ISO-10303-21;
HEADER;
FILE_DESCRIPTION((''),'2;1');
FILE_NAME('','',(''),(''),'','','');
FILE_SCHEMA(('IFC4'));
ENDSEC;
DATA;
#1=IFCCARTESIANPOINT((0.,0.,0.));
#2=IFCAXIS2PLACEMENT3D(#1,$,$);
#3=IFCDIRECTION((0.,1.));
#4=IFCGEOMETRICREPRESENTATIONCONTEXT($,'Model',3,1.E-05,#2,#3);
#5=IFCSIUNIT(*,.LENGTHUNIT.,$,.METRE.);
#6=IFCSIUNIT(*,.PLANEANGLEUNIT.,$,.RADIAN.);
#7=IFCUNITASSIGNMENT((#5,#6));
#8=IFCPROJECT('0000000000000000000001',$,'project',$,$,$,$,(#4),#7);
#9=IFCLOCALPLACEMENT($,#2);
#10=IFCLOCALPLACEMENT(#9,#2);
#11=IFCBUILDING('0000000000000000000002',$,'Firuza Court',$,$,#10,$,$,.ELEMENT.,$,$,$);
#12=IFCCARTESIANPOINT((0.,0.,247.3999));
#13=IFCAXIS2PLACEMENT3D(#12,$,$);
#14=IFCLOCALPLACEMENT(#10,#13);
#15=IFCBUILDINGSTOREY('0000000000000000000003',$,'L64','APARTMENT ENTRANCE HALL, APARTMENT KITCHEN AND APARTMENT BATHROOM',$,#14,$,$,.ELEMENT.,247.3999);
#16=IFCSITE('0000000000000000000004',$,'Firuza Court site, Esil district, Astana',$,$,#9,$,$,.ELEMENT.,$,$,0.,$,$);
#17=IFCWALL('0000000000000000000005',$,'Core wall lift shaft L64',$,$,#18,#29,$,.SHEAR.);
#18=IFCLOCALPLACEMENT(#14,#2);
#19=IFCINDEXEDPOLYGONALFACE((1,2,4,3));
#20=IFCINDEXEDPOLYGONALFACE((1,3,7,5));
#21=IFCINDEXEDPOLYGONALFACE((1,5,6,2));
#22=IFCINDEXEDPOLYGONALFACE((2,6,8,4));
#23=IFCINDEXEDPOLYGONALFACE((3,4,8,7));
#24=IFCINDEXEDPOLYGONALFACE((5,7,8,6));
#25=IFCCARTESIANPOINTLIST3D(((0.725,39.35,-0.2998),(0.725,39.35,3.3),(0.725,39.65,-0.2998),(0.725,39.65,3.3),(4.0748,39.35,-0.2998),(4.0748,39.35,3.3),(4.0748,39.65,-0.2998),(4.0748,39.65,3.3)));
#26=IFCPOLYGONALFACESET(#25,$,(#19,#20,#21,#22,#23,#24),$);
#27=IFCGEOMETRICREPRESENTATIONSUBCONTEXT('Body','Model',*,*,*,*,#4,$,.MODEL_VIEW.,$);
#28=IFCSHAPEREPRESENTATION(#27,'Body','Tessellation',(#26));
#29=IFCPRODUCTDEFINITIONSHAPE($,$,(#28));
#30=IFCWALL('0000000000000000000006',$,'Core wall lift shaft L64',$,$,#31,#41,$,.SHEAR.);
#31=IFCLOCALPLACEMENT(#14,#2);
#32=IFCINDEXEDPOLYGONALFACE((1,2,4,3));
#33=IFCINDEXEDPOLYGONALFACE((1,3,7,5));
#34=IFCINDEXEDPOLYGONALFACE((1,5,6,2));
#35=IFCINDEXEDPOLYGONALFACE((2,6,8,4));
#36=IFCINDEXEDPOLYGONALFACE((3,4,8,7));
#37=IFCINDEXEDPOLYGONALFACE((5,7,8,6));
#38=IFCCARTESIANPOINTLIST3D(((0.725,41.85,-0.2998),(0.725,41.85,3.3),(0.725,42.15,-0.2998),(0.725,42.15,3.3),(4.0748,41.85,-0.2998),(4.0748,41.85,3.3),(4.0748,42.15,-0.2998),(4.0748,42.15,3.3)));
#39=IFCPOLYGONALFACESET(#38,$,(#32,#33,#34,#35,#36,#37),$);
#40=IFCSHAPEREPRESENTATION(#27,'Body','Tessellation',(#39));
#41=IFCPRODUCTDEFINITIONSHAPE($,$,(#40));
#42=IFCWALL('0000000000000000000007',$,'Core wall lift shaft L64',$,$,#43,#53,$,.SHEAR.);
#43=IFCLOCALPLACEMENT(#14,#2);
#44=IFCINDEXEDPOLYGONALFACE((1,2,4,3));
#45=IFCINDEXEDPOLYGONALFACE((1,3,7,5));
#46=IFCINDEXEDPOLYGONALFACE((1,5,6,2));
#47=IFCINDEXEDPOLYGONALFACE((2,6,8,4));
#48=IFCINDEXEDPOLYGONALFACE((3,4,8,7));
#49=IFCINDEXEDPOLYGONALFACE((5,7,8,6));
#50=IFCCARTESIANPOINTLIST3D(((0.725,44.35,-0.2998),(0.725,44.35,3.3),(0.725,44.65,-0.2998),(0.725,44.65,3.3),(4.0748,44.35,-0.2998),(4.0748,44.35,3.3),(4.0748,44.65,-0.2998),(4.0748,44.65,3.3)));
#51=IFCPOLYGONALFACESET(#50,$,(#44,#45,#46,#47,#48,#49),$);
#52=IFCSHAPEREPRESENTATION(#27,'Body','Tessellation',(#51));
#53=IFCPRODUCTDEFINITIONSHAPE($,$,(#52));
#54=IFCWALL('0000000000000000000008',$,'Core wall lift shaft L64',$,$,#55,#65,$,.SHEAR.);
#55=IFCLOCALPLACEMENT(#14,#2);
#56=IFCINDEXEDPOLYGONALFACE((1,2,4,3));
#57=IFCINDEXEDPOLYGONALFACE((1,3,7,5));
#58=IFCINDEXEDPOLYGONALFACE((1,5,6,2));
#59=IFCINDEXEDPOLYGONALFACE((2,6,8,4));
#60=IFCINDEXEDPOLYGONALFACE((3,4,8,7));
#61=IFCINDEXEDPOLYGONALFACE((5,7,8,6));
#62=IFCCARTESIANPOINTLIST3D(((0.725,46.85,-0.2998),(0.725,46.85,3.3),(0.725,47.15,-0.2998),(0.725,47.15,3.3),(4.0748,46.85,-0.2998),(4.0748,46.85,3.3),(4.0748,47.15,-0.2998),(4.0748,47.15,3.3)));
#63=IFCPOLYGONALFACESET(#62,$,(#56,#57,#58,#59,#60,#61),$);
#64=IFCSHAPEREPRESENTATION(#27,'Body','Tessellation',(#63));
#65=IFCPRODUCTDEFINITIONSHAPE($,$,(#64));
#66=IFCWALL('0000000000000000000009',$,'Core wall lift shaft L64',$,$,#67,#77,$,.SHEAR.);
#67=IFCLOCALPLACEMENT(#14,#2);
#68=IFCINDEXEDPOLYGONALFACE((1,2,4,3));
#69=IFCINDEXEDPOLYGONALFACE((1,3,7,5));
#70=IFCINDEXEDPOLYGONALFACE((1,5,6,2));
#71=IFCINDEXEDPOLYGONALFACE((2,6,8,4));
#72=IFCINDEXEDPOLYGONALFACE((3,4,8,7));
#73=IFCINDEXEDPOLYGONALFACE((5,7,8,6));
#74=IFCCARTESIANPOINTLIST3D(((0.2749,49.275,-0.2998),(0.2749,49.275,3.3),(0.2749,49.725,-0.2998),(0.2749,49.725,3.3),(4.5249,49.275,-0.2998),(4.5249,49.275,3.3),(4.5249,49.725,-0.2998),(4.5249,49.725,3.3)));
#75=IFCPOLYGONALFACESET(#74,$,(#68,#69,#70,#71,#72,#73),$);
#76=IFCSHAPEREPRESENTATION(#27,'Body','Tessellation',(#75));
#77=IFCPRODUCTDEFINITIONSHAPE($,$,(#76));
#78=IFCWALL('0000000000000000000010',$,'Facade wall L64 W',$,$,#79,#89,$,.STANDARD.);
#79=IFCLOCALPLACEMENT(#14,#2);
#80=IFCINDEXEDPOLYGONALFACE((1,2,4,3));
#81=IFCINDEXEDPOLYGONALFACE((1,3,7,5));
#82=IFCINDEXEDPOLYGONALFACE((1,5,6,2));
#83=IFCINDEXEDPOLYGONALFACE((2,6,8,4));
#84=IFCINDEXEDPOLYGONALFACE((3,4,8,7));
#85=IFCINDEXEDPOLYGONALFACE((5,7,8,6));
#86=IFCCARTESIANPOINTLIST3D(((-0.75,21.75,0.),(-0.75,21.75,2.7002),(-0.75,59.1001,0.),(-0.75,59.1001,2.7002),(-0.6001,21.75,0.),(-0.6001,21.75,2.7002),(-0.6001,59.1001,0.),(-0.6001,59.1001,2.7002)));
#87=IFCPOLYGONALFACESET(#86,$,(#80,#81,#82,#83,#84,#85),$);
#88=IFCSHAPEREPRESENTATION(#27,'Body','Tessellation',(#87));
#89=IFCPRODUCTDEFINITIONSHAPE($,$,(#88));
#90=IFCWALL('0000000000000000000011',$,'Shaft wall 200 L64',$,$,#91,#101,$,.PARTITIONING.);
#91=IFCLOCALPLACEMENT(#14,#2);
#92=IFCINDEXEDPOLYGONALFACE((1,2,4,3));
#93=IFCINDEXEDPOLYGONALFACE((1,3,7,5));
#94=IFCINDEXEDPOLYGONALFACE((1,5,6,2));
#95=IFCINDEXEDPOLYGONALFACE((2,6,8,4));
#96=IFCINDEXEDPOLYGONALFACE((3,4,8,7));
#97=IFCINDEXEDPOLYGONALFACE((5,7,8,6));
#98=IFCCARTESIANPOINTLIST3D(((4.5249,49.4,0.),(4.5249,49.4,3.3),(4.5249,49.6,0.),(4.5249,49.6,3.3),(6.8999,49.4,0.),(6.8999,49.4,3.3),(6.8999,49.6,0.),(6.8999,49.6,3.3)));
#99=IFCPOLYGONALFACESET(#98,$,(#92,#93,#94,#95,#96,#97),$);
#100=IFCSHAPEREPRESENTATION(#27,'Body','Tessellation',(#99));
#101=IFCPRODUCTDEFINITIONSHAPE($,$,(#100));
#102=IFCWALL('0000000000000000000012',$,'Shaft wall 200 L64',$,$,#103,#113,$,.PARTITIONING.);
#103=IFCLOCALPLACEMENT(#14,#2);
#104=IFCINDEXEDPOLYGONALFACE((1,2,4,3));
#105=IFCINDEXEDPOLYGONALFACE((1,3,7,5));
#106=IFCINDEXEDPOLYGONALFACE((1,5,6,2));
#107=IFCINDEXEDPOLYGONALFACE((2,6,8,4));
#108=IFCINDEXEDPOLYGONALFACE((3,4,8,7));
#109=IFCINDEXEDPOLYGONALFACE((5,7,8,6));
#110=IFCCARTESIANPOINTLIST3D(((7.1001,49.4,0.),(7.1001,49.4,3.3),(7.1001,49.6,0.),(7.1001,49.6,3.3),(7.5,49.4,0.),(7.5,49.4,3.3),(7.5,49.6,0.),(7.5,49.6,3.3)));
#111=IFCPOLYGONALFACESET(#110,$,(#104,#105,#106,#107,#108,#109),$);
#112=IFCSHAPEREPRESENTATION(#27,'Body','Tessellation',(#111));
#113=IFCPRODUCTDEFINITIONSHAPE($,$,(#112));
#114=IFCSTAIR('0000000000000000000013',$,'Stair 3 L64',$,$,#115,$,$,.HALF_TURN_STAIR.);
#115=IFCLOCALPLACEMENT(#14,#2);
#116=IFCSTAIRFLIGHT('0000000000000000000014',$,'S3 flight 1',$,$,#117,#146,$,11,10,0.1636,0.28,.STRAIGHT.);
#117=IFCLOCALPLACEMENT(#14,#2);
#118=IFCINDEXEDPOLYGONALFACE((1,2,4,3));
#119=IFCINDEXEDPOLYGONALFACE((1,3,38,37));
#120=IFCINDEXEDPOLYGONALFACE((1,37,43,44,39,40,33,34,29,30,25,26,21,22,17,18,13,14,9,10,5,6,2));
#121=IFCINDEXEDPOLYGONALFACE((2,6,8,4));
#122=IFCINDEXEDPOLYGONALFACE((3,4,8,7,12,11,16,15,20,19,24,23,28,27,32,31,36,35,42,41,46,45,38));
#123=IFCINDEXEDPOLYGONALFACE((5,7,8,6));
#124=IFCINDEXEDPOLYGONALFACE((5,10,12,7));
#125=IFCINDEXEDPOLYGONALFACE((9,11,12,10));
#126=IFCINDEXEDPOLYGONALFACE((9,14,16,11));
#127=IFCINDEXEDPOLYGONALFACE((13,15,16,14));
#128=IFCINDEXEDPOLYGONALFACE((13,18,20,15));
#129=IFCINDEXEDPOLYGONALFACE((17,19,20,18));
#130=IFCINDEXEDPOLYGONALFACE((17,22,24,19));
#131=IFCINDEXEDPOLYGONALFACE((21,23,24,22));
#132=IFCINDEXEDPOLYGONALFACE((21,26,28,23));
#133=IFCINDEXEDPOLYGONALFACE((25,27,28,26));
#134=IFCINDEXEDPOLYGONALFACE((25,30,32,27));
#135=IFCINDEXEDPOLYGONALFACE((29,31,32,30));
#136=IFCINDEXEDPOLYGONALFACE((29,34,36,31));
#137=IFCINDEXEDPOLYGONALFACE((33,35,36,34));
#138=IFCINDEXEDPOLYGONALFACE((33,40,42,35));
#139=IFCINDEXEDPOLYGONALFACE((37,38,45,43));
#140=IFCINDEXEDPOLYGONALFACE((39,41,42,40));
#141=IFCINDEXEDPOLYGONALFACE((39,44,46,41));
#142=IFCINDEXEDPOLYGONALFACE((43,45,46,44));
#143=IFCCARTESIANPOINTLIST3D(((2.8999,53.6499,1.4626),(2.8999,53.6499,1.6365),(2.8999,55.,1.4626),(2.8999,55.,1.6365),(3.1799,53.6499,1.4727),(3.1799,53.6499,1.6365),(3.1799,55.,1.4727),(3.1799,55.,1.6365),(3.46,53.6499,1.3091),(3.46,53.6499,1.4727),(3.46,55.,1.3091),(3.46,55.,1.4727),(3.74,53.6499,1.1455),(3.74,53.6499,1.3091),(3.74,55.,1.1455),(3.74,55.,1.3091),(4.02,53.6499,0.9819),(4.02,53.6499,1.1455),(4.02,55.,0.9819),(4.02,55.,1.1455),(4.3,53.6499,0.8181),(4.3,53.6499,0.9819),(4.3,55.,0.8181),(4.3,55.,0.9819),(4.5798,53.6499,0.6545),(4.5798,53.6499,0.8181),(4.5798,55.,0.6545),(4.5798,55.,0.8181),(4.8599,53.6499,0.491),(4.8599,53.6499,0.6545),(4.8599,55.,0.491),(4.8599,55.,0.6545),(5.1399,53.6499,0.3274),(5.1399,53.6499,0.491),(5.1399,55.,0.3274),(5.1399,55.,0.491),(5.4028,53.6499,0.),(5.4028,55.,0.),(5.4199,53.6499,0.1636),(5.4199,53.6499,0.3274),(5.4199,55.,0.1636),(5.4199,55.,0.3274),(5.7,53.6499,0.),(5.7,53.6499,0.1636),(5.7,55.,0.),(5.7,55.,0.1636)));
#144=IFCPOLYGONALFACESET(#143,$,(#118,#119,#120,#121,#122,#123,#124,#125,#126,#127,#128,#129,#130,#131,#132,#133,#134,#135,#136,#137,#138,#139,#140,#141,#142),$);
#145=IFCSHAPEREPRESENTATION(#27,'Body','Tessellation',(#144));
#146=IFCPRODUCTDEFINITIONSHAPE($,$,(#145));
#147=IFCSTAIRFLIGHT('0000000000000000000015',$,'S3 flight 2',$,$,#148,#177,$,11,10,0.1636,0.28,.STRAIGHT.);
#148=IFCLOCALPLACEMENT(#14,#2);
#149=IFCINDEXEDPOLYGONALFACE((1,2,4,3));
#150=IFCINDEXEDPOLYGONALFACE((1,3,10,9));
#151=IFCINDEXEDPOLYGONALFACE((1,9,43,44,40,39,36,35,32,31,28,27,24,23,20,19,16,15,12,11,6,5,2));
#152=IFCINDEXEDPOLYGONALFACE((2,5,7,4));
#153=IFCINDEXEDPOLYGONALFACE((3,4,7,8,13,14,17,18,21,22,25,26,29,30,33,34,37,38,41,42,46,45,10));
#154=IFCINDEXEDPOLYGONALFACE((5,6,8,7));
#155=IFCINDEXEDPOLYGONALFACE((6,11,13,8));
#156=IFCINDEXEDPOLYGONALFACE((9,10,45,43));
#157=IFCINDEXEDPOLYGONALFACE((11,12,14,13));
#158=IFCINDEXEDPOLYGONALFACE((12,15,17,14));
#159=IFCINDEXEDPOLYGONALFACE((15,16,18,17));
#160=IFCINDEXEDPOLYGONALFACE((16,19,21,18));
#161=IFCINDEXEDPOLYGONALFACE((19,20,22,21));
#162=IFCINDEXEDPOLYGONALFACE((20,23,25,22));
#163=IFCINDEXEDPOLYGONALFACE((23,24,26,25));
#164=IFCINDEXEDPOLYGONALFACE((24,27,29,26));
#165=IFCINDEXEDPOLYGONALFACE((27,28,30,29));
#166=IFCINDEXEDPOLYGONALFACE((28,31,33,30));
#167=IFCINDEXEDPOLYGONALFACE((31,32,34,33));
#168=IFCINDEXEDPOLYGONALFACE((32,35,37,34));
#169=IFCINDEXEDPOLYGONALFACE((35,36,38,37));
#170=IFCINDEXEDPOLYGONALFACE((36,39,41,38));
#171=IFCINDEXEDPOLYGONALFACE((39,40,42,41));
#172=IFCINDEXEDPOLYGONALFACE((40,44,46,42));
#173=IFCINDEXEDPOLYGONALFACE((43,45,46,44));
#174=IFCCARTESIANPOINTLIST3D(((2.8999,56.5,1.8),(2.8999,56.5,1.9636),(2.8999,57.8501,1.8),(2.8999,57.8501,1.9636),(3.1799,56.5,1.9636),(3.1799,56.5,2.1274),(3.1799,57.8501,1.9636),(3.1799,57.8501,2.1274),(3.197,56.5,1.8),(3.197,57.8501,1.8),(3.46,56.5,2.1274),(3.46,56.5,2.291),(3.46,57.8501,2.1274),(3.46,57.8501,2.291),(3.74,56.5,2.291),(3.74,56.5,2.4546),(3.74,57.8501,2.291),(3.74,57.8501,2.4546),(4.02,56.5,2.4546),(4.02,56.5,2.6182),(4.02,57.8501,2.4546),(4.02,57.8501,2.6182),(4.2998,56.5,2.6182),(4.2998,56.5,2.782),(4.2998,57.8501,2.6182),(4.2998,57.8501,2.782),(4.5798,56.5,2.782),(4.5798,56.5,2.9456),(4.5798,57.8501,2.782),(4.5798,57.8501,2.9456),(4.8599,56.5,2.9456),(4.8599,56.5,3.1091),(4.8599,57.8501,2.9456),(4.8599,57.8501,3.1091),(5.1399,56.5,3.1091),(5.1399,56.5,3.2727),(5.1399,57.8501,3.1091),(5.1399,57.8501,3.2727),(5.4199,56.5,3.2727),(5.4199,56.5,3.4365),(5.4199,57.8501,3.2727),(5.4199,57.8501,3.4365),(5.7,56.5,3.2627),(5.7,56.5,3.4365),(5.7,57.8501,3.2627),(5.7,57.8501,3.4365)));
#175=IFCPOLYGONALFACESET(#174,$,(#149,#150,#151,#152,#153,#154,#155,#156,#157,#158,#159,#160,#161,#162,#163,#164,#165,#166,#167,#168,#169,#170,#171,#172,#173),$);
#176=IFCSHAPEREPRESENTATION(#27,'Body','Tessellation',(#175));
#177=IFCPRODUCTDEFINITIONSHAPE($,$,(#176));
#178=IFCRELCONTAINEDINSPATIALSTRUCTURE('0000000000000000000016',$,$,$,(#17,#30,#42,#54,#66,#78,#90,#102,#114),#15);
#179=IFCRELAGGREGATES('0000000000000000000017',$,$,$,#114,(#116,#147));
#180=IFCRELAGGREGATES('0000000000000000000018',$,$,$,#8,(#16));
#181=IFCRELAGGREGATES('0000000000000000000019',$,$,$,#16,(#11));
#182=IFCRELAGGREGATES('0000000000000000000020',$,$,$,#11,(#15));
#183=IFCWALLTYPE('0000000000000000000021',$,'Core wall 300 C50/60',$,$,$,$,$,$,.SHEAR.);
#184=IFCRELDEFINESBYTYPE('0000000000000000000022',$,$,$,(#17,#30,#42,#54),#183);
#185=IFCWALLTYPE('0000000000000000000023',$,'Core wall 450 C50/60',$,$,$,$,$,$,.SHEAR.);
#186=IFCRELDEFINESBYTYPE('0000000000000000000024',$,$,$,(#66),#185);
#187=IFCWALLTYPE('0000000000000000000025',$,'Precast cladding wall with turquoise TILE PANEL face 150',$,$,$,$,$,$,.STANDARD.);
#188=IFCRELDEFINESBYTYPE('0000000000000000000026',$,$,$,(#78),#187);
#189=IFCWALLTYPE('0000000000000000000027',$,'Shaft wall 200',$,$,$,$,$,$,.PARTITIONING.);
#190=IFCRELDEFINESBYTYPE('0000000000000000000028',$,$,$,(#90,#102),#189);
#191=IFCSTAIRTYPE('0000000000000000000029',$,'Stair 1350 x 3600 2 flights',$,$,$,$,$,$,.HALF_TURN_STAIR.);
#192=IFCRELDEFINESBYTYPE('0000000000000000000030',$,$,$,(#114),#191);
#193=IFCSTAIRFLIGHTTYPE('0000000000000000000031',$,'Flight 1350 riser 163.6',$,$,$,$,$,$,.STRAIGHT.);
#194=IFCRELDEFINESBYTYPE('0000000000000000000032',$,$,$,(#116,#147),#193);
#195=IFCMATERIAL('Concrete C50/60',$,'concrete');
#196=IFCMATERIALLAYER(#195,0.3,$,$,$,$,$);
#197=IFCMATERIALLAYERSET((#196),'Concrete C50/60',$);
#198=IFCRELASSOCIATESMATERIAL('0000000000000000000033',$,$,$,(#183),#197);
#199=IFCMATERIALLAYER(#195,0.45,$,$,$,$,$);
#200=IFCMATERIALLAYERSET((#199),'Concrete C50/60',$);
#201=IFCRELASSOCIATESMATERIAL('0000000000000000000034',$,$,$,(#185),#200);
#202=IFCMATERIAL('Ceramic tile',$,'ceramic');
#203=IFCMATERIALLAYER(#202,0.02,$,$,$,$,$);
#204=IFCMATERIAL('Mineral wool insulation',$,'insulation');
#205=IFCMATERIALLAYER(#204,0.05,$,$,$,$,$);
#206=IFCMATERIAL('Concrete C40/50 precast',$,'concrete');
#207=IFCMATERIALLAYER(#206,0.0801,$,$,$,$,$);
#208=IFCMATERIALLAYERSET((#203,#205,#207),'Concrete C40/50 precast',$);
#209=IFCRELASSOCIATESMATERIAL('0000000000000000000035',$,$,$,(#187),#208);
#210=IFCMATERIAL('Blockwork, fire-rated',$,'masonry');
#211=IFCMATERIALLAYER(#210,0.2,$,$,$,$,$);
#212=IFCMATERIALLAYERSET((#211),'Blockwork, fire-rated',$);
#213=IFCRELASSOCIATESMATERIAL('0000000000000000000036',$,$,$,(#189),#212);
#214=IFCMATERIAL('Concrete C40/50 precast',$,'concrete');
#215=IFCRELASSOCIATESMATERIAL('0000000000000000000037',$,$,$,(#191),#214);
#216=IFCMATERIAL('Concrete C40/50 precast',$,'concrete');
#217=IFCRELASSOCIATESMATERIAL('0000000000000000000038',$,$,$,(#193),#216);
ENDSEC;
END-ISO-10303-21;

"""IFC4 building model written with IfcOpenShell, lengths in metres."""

from ifc_helpers import new_model, si_unit, direction, frame, frame_2d, origin, place, context, subcontext, project, spatial, polyline, rectangle, outline, extrude, material, layer, layer_set, type_object, element, aggregate, save


model = new_model("IFC4")

# Units and contexts
model_context = context("Model", 3, precision=1e-05, world=origin(), true_north=direction((0.0, 1.0)))
body_context = subcontext(model_context, "Body", "Model", "MODEL_VIEW")
ifc_project = project(units=[si_unit("LENGTHUNIT", "METRE"), si_unit("PLANEANGLEUNIT", "RADIAN")], contexts=[model_context])

# Site, building, storey
site_placement = place(None, origin())
site = spatial("IfcSite", under=ifc_project, at=site_placement, Name="Firuza Court site, Esil district, Astana", CompositionType="ELEMENT", RefElevation=0.0)
building_placement = place(site_placement, origin())
building = spatial("IfcBuilding", under=site, at=building_placement, Name="Firuza Court", CompositionType="ELEMENT")
storey_placement = place(building_placement, frame((0.0, 0.0, 247.3999)))
storey = spatial("IfcBuildingStorey", under=building, at=storey_placement, Name="L64", Description="APARTMENT ENTRANCE HALL, APARTMENT KITCHEN AND APARTMENT BATHROOM", CompositionType="ELEMENT", Elevation=247.3999)

# Shared definitions
ifc_material_1 = material(Name="Concrete C50/60", Category="concrete")
ifc_layer_1 = layer(ifc_material_1, 0.3)
ifc_layer_set_1 = layer_set([ifc_layer_1], Name="Concrete C50/60")
wall_type_1 = type_object("IfcWallType", Name="Core wall 300 C50/60", PredefinedType="SHEAR", material=ifc_layer_set_1)

# Walls
for number, where, z_axis, x_axis, name in (
    (1, (0.7251, 39.5, -0.2998), (0.0, 0.0, 1.0), (1.0, 0.0, 0.0), "Core wall lift shaft L64"),
    (2, (0.7251, 42.0, -0.2998), (0.0, 0.0, 1.0), (1.0, 0.0, 0.0), "Core wall lift shaft L64"),
    (3, (0.7251, 44.5, -0.2998), (0.0, 0.0, 1.0), (1.0, 0.0, 0.0), "Core wall lift shaft L64"),
    (4, (0.7251, 47.0, -0.2998), (0.0, 0.0, 1.0), (1.0, 0.0, 0.0), "Core wall lift shaft L64"),
):
    element("IfcWall", number, at=place(storey_placement, frame(where, z_axis=z_axis, x_axis=x_axis)), inside=storey, type_object=wall_type_1, Name=name, PredefinedType="SHEAR", context=body_context, shape_type="SweptSolid", body=[
        extrude(rectangle(XDim=3.3499, YDim=0.3, at=frame_2d((1.6748, 0.0))), origin(), (0.0, 0.0, 1.0), 3.5999),
    ])
ifc_layer_2 = layer(ifc_material_1, 0.45)
ifc_layer_set_2 = layer_set([ifc_layer_2], Name="Concrete C50/60")
wall_type_2 = type_object("IfcWallType", Name="Core wall 450 C50/60", PredefinedType="SHEAR", material=ifc_layer_set_2)
wall_1_placement = place(storey_placement, frame((0.2749, 49.5, -0.2998), z_axis=(0.0, 0.0, 1.0), x_axis=(1.0, 0.0, 0.0)))
element("IfcWall", 5, at=wall_1_placement, inside=storey, type_object=wall_type_2, Name="Core wall lift shaft L64", PredefinedType="SHEAR", context=body_context, shape_type="SweptSolid", body=[
    extrude(rectangle(XDim=4.25, YDim=0.45, at=frame_2d((2.125, 0.0))), origin(), (0.0, 0.0, 1.0), 3.5999),
])
ifc_material_2 = material(Name="Ceramic tile", Category="ceramic")
ifc_layer_3 = layer(ifc_material_2, 0.02)
ifc_material_3 = material(Name="Mineral wool insulation", Category="insulation")
ifc_layer_4 = layer(ifc_material_3, 0.05)
ifc_material_4 = material(Name="Concrete C40/50 precast", Category="concrete")
ifc_layer_5 = layer(ifc_material_4, 0.0801)
ifc_layer_set_3 = layer_set([ifc_layer_3, ifc_layer_4, ifc_layer_5], Name="Concrete C40/50 precast")
wall_type_3 = type_object("IfcWallType", Name="Precast cladding wall with turquoise TILE PANEL face 150", PredefinedType="STANDARD", material=ifc_layer_set_3)
wall_2_placement = place(storey_placement, frame((-0.675, 59.1001, 0.0), z_axis=(0.0, 0.0, 1.0), x_axis=(0.0, -1.0, 0.0)))
element("IfcWall", 6, at=wall_2_placement, inside=storey, type_object=wall_type_3, Name="Facade wall L64 W", PredefinedType="STANDARD", context=body_context, shape_type="SweptSolid", body=[
    extrude(rectangle(XDim=37.3501, YDim=0.1499, at=frame_2d((18.675, 0.0))), origin(), (0.0, 0.0, 1.0), 2.7002),
])
ifc_material_5 = material(Name="Blockwork, fire-rated", Category="masonry")
ifc_layer_6 = layer(ifc_material_5, 0.2)
ifc_layer_set_4 = layer_set([ifc_layer_6], Name="Blockwork, fire-rated")
wall_type_4 = type_object("IfcWallType", Name="Shaft wall 200", PredefinedType="PARTITIONING", material=ifc_layer_set_4)
wall_3_placement = place(storey_placement, frame((4.5249, 49.5, 0.0), z_axis=(0.0, 0.0, 1.0), x_axis=(1.0, 0.0, 0.0)))
element("IfcWall", 7, at=wall_3_placement, inside=storey, type_object=wall_type_4, Name="Shaft wall 200 L64", PredefinedType="PARTITIONING", context=body_context, shape_type="SweptSolid", body=[
    extrude(rectangle(XDim=2.375, YDim=0.2, at=frame_2d((1.1875, 0.0))), origin(), (0.0, 0.0, 1.0), 3.3),
])
wall_4_placement = place(storey_placement, frame((7.1001, 49.5, 0.0), z_axis=(0.0, 0.0, 1.0), x_axis=(1.0, 0.0, 0.0)))
element("IfcWall", 8, at=wall_4_placement, inside=storey, type_object=wall_type_4, Name="Shaft wall 200 L64", PredefinedType="PARTITIONING", context=body_context, shape_type="SweptSolid", body=[
    extrude(rectangle(XDim=0.3999, YDim=0.2, at=frame_2d((0.2, 0.0))), origin(), (0.0, 0.0, 1.0), 3.3),
])

# Stair, stair flights
ifc_material_6 = material(Name="Concrete C40/50 precast", Category="concrete")
stair_type = type_object("IfcStairType", Name="Stair 1350 x 3600 2 flights", PredefinedType="HALF_TURN_STAIR", material=ifc_material_6)
stair_placement = place(storey_placement, origin())
stair = element("IfcStair", 9, at=stair_placement, inside=storey, type_object=stair_type, Name="Stair 3 L64", PredefinedType="HALF_TURN_STAIR")
ifc_material_7 = material(Name="Concrete C40/50 precast", Category="concrete")
stair_flight_type = type_object("IfcStairFlightType", Name="Flight 1350 riser 163.6", PredefinedType="STRAIGHT", material=ifc_material_7)
stair_flight_1_placement = place(storey_placement, frame((5.7, 54.325, 0.0), z_axis=(0.0, 0.0, 1.0), x_axis=(-1.0, 0.0, 0.0)))
stair_flight_1 = element("IfcStairFlight", 10, at=stair_flight_1_placement, type_object=stair_flight_type, Name="S3 flight 1", NumberOfRisers=11, NumberOfTreads=10, PredefinedType="STRAIGHT", RiserHeight=0.1636, TreadLength=0.28, context=body_context, shape_type="SweptSolid", body=[
    extrude(outline(polyline([(0.0, 0.0), (0.0, 0.1636), (0.28, 0.1636), (0.28, 0.3274), (0.5601, 0.3274), (0.5601, 0.491), (0.8401, 0.491), (0.8401, 0.6545), (1.1201, 0.6545), (1.1201, 0.8181), (1.3999, 0.8181), (1.3999, 0.9819), (1.6799, 0.9819), (1.6799, 1.1455), (1.96, 1.1455), (1.96, 1.3091), (2.24, 1.3091), (2.24, 1.4727), (2.52, 1.4727), (2.52, 1.6365), (2.8, 1.6365), (2.8, 1.8), (2.8, 1.4626), (0.2971, 0.0), (0.0, 0.0)])), frame((0.0, 0.675, 0.0), z_axis=(0.0, -1.0, 0.0), x_axis=(1.0, 0.0, 0.0)), (0.0, 0.0, 1.0), 1.3501),
])
stair_flight_2_placement = place(storey_placement, frame((2.8999, 57.175, 1.8), z_axis=(0.0, 0.0, 1.0), x_axis=(1.0, 0.0, 0.0)))
stair_flight_2 = element("IfcStairFlight", 11, at=stair_flight_2_placement, type_object=stair_flight_type, Name="S3 flight 2", NumberOfRisers=11, NumberOfTreads=10, PredefinedType="STRAIGHT", RiserHeight=0.1636, TreadLength=0.28, context=body_context, shape_type="SweptSolid", body=[
    extrude(outline(polyline([(0.0, 0.0), (0.0, 0.1636), (0.28, 0.1636), (0.28, 0.3274), (0.5601, 0.3274), (0.5601, 0.491), (0.8401, 0.491), (0.8401, 0.6545), (1.1201, 0.6545), (1.1201, 0.8181), (1.3999, 0.8181), (1.3999, 0.9819), (1.6799, 0.9819), (1.6799, 1.1455), (1.96, 1.1455), (1.96, 1.3091), (2.24, 1.3091), (2.24, 1.4727), (2.52, 1.4727), (2.52, 1.6365), (2.8, 1.6365), (2.8, 1.8), (2.8, 1.4626), (0.2971, 0.0), (0.0, 0.0)])), frame((0.0, 0.675, 0.0), z_axis=(0.0, -1.0, 0.0), x_axis=(1.0, 0.0, 0.0)), (0.0, 0.0, 1.0), 1.3501),
])
aggregate(stair, [stair_flight_1, stair_flight_2])

save(model, "model.ifc")
